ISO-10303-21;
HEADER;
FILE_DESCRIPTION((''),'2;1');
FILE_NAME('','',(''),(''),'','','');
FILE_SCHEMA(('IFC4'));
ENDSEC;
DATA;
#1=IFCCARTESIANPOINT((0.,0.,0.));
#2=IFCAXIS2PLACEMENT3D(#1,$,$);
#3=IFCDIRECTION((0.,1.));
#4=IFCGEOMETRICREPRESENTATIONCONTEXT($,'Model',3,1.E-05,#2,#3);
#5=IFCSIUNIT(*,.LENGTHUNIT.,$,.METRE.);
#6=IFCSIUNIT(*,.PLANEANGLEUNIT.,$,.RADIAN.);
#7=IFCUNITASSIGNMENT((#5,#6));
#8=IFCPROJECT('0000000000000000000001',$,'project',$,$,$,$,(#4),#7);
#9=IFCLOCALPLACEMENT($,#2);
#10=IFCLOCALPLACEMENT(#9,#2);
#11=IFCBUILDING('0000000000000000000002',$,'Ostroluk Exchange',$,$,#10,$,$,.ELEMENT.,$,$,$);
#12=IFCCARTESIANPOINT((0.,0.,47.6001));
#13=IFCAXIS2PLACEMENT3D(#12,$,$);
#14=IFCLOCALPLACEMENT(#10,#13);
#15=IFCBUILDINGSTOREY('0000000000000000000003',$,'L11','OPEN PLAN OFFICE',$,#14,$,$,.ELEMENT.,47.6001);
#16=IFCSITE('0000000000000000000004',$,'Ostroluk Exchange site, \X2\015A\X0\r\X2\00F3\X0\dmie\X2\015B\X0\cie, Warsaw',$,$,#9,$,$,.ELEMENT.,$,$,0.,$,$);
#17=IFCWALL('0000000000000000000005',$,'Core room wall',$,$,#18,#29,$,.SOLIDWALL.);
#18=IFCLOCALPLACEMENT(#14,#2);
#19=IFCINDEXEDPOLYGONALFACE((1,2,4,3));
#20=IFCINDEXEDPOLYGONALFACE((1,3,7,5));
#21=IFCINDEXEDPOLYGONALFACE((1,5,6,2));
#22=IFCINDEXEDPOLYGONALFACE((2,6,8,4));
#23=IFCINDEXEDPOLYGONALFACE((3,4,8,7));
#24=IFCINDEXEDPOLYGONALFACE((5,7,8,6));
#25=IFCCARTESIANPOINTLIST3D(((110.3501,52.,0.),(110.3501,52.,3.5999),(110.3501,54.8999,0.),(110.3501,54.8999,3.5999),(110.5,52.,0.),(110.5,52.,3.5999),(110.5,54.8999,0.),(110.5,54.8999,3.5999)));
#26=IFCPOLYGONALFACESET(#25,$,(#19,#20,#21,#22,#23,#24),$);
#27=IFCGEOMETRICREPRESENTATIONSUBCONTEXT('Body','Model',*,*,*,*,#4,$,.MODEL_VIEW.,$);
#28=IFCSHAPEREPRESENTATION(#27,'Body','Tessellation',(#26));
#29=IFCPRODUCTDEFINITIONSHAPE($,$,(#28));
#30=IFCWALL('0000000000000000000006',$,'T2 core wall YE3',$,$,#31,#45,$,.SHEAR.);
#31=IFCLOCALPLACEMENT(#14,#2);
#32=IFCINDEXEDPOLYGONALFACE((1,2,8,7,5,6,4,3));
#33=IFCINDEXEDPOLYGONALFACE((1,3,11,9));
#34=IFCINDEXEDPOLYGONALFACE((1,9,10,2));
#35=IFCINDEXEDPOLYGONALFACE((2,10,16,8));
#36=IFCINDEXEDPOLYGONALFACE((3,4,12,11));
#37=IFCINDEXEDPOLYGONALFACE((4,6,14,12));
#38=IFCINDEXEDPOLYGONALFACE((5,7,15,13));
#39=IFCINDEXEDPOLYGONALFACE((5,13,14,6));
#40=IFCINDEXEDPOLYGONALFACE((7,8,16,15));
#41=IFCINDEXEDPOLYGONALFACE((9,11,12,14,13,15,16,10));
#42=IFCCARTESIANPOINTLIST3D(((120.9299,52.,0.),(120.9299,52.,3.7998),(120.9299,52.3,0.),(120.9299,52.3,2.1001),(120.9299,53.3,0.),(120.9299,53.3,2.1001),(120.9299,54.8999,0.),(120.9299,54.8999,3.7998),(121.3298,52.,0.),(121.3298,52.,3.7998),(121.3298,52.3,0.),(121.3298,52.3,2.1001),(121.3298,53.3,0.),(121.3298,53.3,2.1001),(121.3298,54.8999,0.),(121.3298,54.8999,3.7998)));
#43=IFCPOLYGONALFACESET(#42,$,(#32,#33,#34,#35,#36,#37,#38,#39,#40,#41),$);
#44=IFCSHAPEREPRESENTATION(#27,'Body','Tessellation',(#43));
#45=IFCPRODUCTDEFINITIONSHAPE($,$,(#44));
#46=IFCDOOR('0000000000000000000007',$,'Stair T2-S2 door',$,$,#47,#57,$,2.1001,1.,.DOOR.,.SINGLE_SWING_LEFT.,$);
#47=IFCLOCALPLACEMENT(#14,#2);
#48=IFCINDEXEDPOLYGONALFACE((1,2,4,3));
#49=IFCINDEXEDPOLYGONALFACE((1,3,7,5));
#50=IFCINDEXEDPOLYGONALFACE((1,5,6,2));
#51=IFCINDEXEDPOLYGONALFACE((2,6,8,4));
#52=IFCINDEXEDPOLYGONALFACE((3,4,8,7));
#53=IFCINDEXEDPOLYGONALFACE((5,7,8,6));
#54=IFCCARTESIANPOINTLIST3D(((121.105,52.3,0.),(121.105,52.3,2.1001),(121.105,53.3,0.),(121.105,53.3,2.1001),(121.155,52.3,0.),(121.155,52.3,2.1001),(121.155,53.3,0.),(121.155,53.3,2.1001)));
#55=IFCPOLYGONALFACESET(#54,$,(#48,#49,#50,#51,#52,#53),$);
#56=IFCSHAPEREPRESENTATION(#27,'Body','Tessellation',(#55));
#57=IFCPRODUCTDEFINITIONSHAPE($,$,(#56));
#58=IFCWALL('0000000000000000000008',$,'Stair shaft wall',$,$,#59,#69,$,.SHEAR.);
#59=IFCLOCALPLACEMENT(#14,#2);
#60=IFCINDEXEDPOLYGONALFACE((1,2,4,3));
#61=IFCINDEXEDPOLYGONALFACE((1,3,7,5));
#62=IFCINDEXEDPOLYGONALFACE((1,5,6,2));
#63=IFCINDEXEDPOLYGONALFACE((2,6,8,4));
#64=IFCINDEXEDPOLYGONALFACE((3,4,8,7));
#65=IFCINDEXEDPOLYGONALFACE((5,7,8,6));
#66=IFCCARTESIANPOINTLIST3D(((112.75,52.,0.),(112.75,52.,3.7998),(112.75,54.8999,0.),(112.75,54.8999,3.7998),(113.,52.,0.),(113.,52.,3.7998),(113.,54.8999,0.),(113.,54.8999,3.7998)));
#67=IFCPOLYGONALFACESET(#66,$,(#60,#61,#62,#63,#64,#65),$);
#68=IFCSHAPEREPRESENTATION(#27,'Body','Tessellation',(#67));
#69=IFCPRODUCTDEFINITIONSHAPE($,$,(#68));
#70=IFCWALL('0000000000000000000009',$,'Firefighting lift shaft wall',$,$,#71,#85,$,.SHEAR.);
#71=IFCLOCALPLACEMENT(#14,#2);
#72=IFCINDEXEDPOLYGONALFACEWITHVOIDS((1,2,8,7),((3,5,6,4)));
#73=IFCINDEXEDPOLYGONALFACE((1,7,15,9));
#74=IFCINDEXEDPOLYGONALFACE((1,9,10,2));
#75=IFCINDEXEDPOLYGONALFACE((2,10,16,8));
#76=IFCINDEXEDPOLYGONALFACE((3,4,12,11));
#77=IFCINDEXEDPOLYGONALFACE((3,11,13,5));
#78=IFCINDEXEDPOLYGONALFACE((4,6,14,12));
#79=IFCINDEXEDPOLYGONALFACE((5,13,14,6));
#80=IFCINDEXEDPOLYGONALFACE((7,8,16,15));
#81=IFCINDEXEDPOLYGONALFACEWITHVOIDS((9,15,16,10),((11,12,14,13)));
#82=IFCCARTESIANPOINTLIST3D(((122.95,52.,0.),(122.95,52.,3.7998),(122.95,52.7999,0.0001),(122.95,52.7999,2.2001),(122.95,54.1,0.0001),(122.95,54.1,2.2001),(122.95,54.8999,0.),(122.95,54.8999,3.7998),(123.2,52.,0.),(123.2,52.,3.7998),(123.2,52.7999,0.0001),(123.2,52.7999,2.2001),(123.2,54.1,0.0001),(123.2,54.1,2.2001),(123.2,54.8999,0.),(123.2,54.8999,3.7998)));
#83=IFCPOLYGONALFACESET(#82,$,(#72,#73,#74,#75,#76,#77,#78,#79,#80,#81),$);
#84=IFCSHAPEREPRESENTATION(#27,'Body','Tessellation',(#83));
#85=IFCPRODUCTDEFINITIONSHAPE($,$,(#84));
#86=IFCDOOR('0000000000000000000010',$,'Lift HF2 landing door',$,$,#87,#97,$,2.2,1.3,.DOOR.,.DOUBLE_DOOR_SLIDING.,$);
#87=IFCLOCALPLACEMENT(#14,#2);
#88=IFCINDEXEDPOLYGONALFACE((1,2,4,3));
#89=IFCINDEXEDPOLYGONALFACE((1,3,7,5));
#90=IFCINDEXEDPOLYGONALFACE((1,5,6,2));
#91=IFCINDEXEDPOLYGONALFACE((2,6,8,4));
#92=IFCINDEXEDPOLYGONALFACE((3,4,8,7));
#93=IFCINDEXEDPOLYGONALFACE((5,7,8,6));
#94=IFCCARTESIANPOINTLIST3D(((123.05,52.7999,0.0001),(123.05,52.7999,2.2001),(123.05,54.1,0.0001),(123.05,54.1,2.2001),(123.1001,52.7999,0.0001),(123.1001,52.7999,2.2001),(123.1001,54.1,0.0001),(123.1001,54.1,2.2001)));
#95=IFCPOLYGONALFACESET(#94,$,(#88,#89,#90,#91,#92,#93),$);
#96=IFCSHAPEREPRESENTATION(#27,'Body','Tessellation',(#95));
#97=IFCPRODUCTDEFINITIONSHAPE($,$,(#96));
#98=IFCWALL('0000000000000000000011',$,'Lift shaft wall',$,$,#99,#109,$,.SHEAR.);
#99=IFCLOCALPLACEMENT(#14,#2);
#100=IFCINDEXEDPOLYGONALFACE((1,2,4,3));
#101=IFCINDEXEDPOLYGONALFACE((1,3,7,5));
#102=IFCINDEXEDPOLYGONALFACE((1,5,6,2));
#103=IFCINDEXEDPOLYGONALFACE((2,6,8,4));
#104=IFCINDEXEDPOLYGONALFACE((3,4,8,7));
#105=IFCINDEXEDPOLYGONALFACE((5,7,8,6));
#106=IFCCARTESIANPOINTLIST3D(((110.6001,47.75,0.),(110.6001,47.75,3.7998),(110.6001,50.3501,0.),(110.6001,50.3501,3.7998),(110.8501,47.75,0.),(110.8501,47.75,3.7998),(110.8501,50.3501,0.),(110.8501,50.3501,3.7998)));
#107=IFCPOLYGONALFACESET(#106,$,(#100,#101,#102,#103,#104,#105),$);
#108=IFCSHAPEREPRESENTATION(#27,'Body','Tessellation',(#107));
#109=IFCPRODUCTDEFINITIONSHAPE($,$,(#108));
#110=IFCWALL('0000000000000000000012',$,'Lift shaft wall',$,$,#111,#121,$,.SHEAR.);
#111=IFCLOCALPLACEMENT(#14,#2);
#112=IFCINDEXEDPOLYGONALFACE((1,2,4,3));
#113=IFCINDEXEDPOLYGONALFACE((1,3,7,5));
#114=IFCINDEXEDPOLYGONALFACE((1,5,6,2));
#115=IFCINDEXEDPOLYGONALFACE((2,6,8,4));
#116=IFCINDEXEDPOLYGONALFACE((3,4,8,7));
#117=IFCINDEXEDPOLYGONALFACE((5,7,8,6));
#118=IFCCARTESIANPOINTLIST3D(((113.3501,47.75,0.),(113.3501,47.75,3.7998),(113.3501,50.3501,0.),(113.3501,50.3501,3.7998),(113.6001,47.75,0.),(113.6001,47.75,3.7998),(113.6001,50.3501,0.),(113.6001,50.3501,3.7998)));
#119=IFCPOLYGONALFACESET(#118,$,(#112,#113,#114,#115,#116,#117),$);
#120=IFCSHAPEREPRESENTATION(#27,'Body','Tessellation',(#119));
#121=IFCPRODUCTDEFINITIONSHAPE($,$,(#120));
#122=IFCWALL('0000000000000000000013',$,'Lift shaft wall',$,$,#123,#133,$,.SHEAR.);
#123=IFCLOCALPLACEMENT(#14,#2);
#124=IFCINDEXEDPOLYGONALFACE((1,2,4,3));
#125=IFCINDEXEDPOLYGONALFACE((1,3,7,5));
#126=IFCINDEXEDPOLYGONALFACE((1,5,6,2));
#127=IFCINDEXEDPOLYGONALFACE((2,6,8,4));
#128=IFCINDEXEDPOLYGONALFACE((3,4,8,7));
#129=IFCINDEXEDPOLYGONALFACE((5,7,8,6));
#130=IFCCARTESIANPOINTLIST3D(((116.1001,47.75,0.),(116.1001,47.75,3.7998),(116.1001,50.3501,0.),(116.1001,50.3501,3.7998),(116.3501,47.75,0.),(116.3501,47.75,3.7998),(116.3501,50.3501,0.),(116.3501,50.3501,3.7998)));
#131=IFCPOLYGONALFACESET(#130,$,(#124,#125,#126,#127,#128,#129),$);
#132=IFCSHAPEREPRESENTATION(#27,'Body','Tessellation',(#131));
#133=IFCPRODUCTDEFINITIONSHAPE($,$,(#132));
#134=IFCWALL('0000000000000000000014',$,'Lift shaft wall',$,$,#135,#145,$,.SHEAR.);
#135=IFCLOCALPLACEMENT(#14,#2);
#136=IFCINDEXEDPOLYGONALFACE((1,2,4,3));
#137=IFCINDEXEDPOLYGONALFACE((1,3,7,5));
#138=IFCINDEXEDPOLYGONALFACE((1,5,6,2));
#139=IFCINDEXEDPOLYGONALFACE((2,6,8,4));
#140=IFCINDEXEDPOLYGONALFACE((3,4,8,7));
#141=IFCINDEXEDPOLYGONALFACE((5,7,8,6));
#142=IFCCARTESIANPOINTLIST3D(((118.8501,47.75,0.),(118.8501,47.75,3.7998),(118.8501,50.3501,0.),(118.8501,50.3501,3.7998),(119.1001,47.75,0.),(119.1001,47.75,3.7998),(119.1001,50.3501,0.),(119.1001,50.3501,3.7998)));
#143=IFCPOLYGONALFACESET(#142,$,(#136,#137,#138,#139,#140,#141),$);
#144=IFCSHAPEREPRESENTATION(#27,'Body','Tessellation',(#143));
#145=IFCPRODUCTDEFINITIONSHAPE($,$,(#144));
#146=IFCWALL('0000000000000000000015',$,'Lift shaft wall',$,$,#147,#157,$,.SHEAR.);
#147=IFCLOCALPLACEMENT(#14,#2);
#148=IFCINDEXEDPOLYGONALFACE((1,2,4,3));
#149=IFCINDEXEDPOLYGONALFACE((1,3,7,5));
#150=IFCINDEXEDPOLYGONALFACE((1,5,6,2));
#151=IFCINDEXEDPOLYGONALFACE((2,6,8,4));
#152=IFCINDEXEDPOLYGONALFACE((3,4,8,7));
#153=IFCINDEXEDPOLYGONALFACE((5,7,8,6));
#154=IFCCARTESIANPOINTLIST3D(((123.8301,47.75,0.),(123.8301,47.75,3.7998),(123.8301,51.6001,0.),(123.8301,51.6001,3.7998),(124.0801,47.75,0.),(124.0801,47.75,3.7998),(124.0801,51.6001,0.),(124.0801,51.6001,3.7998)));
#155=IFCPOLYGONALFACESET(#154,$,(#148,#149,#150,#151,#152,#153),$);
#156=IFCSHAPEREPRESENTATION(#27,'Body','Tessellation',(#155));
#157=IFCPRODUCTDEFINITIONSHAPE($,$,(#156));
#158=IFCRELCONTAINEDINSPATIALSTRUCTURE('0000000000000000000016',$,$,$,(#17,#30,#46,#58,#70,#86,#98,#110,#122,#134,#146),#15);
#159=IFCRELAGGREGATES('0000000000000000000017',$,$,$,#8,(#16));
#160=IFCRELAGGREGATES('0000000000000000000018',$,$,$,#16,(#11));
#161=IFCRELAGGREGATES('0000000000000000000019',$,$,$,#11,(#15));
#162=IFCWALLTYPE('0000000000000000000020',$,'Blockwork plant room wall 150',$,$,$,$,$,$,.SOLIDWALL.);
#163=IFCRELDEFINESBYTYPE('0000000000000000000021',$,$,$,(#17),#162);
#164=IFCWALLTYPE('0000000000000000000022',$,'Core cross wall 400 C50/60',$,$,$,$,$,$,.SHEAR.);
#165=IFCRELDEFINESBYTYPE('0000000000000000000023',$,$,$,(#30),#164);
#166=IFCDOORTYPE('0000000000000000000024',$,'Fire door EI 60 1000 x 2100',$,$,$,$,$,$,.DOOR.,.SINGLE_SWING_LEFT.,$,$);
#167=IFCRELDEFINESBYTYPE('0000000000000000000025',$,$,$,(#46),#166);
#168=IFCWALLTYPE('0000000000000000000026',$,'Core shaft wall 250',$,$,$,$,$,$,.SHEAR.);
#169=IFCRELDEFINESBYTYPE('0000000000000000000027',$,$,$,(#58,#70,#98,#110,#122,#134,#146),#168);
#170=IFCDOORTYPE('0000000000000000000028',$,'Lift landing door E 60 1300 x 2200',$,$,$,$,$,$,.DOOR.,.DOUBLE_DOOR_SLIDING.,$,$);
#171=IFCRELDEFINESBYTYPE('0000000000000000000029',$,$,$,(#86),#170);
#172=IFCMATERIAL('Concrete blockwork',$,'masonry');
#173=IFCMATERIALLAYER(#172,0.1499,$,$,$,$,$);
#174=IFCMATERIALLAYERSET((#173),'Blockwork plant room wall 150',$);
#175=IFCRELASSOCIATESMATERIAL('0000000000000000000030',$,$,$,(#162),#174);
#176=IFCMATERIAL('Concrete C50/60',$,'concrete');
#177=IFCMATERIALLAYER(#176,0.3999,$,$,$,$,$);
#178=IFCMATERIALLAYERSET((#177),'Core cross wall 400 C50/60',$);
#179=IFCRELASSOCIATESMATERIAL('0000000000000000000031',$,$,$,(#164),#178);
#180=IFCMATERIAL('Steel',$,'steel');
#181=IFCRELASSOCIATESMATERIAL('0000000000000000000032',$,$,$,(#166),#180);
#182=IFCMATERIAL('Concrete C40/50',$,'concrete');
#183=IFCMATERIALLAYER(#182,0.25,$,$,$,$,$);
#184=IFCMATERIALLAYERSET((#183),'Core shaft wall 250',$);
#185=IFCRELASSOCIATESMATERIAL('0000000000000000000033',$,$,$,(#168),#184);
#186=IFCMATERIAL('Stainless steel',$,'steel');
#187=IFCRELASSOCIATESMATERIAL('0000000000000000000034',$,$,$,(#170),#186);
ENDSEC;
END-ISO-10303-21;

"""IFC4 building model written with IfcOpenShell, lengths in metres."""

from ifc_helpers import new_model, si_unit, direction, frame, frame_2d, origin, place, context, subcontext, project, spatial, rectangle, extrude, material, layer, layer_set, type_object, element, fill, save


model = new_model("IFC4")

# Units and contexts
model_context = context("Model", 3, precision=1e-05, world=origin(), true_north=direction((0.0, 1.0)))
body_context = subcontext(model_context, "Body", "Model", "MODEL_VIEW")
ifc_project = project(units=[si_unit("LENGTHUNIT", "METRE"), si_unit("PLANEANGLEUNIT", "RADIAN")], contexts=[model_context])

# Site, building, storey
site_placement = place(None, origin())
site = spatial("IfcSite", under=ifc_project, at=site_placement, Name="Ostroluk Exchange site, Śródmieście, Warsaw", CompositionType="ELEMENT", RefElevation=0.0)
building_placement = place(site_placement, origin())
building = spatial("IfcBuilding", under=site, at=building_placement, Name="Ostroluk Exchange", CompositionType="ELEMENT")
storey_placement = place(building_placement, frame((0.0, 0.0, 47.6001)))
storey = spatial("IfcBuildingStorey", under=building, at=storey_placement, Name="L11", Description="OPEN PLAN OFFICE", CompositionType="ELEMENT", Elevation=47.6001)

# Wall
ifc_material_1 = material(Name="Concrete blockwork", Category="masonry")
ifc_layer_1 = layer(ifc_material_1, 0.1499)
ifc_layer_set_1 = layer_set([ifc_layer_1], Name="Blockwork plant room wall 150")
wall_type_1 = type_object("IfcWallType", Name="Blockwork plant room wall 150", PredefinedType="SOLIDWALL", material=ifc_layer_set_1)
wall_1_placement = place(storey_placement, frame((110.425, 52.0, 0.0), z_axis=(0.0, 0.0, 1.0), x_axis=(0.0, 1.0, 0.0)))
element("IfcWall", 1, at=wall_1_placement, inside=storey, type_object=wall_type_1, Name="Core room wall", PredefinedType="SOLIDWALL", context=body_context, shape_type="SweptSolid", body=[
    extrude(rectangle(XDim=2.8999, YDim=0.1499, at=frame_2d((1.45, 0.0))), origin(), (0.0, 0.0, 1.0), 3.5999),
])

# Wall, opening, door
ifc_material_2 = material(Name="Concrete C50/60", Category="concrete")
ifc_layer_2 = layer(ifc_material_2, 0.3999)
ifc_layer_set_2 = layer_set([ifc_layer_2], Name="Core cross wall 400 C50/60")
wall_type_2 = type_object("IfcWallType", Name="Core cross wall 400 C50/60", PredefinedType="SHEAR", material=ifc_layer_set_2)
wall_2_placement = place(storey_placement, frame((121.1299, 52.0, 0.0), z_axis=(0.0, 0.0, 1.0), x_axis=(0.0, 1.0, 0.0)))
wall_2 = element("IfcWall", 2, at=wall_2_placement, inside=storey, type_object=wall_type_2, Name="T2 core wall YE3", PredefinedType="SHEAR", context=body_context, shape_type="SweptSolid", body=[
    extrude(rectangle(XDim=2.8999, YDim=0.3999, at=frame_2d((1.45, 0.0))), origin(), (0.0, 0.0, 1.0), 3.7998),
])
opening_1_placement = place(wall_2_placement, frame((0.3, 0.0, 0.0)))
opening_1 = element("IfcOpeningElement", 3, at=opening_1_placement, cuts=wall_2, PredefinedType="OPENING", context=body_context, shape_type="SweptSolid", body=[
    extrude(rectangle(XDim=1.0, YDim=2.1001, at=frame_2d((0.5, 1.05))), frame((0.0, 0.21, 0.0), z_axis=(0.0, -1.0, 0.0), x_axis=(1.0, 0.0, 0.0)), (0.0, 0.0, 1.0), 0.4199),
])
ifc_material_3 = material(Name="Steel", Category="steel")
door_type_1 = type_object("IfcDoorType", Name="Fire door EI 60 1000 x 2100", OperationType="SINGLE_SWING_LEFT", PredefinedType="DOOR", material=ifc_material_3)
door_1_placement = place(opening_1_placement, origin())
door_1 = element("IfcDoor", 4, at=door_1_placement, inside=storey, type_object=door_type_1, Name="Stair T2-S2 door", OperationType="SINGLE_SWING_LEFT", OverallHeight=2.1001, OverallWidth=1.0, PredefinedType="DOOR", context=body_context, shape_type="SweptSolid", body=[
    extrude(rectangle(XDim=1.0, YDim=2.1001, at=frame_2d((0.5, 1.05))), frame((0.0, 0.0249, 0.0), z_axis=(0.0, -1.0, 0.0), x_axis=(1.0, 0.0, 0.0)), (0.0, 0.0, 1.0), 0.05),
])
fill(opening_1, door_1)

# Wall
ifc_material_4 = material(Name="Concrete C40/50", Category="concrete")
ifc_layer_3 = layer(ifc_material_4, 0.25)
ifc_layer_set_3 = layer_set([ifc_layer_3], Name="Core shaft wall 250")
wall_type_3 = type_object("IfcWallType", Name="Core shaft wall 250", PredefinedType="SHEAR", material=ifc_layer_set_3)
wall_3_placement = place(storey_placement, frame((112.875, 52.0, 0.0), z_axis=(0.0, 0.0, 1.0), x_axis=(0.0, 1.0, 0.0)))
element("IfcWall", 5, at=wall_3_placement, inside=storey, type_object=wall_type_3, Name="Stair shaft wall", PredefinedType="SHEAR", context=body_context, shape_type="SweptSolid", body=[
    extrude(rectangle(XDim=2.8999, YDim=0.25, at=frame_2d((1.45, 0.0))), origin(), (0.0, 0.0, 1.0), 3.7998),
])

# Wall, opening, door
wall_4_placement = place(storey_placement, frame((123.075, 52.0, 0.0), z_axis=(0.0, 0.0, 1.0), x_axis=(0.0, 1.0, 0.0)))
wall_4 = element("IfcWall", 6, at=wall_4_placement, inside=storey, type_object=wall_type_3, Name="Firefighting lift shaft wall", PredefinedType="SHEAR", context=body_context, shape_type="SweptSolid", body=[
    extrude(rectangle(XDim=2.8999, YDim=0.25, at=frame_2d((1.45, 0.0))), origin(), (0.0, 0.0, 1.0), 3.7998),
])
opening_2_placement = place(wall_4_placement, frame((0.8, 0.0, 0.0)))
opening_2 = element("IfcOpeningElement", 7, at=opening_2_placement, cuts=wall_4, PredefinedType="OPENING", context=body_context, shape_type="SweptSolid", body=[
    extrude(rectangle(XDim=1.3, YDim=2.2, at=frame_2d((0.6499, 1.1001))), frame((0.0, 0.135, 0.0), z_axis=(0.0, -1.0, 0.0), x_axis=(1.0, 0.0, 0.0)), (0.0, 0.0, 1.0), 0.27),
])
ifc_material_5 = material(Name="Stainless steel", Category="steel")
door_type_2 = type_object("IfcDoorType", Name="Lift landing door E 60 1300 x 2200", OperationType="DOUBLE_DOOR_SLIDING", PredefinedType="DOOR", material=ifc_material_5)
door_2_placement = place(opening_2_placement, origin())
door_2 = element("IfcDoor", 8, at=door_2_placement, inside=storey, type_object=door_type_2, Name="Lift HF2 landing door", OperationType="DOUBLE_DOOR_SLIDING", OverallHeight=2.2, OverallWidth=1.3, PredefinedType="DOOR", context=body_context, shape_type="SweptSolid", body=[
    extrude(rectangle(XDim=1.3, YDim=2.2, at=frame_2d((0.6499, 1.1001))), frame((0.0, 0.0249, 0.0), z_axis=(0.0, -1.0, 0.0), x_axis=(1.0, 0.0, 0.0)), (0.0, 0.0, 1.0), 0.05),
])
fill(opening_2, door_2)

# Walls
for number, where, z_axis, x_axis, name in (
    (9, (110.7251, 47.75, 0.0), (0.0, 0.0, 1.0), (0.0, 1.0, 0.0), "Lift shaft wall"),
    (10, (113.4751, 47.75, 0.0), (0.0, 0.0, 1.0), (0.0, 1.0, 0.0), "Lift shaft wall"),
    (11, (116.2251, 47.75, 0.0), (0.0, 0.0, 1.0), (0.0, 1.0, 0.0), "Lift shaft wall"),
    (12, (118.9751, 47.75, 0.0), (0.0, 0.0, 1.0), (0.0, 1.0, 0.0), "Lift shaft wall"),
):
    element("IfcWall", number, at=place(storey_placement, frame(where, z_axis=z_axis, x_axis=x_axis)), inside=storey, type_object=wall_type_3, Name=name, PredefinedType="SHEAR", context=body_context, shape_type="SweptSolid", body=[
        extrude(rectangle(XDim=2.6001, YDim=0.25, at=frame_2d((1.3, 0.0))), origin(), (0.0, 0.0, 1.0), 3.7998),
    ])
wall_5_placement = place(storey_placement, frame((123.9551, 47.75, 0.0), z_axis=(0.0, 0.0, 1.0), x_axis=(0.0, 1.0, 0.0)))
element("IfcWall", 13, at=wall_5_placement, inside=storey, type_object=wall_type_3, Name="Lift shaft wall", PredefinedType="SHEAR", context=body_context, shape_type="SweptSolid", body=[
    extrude(rectangle(XDim=3.8501, YDim=0.25, at=frame_2d((1.925, 0.0))), origin(), (0.0, 0.0, 1.0), 3.7998),
])

save(model, "model.ifc")
